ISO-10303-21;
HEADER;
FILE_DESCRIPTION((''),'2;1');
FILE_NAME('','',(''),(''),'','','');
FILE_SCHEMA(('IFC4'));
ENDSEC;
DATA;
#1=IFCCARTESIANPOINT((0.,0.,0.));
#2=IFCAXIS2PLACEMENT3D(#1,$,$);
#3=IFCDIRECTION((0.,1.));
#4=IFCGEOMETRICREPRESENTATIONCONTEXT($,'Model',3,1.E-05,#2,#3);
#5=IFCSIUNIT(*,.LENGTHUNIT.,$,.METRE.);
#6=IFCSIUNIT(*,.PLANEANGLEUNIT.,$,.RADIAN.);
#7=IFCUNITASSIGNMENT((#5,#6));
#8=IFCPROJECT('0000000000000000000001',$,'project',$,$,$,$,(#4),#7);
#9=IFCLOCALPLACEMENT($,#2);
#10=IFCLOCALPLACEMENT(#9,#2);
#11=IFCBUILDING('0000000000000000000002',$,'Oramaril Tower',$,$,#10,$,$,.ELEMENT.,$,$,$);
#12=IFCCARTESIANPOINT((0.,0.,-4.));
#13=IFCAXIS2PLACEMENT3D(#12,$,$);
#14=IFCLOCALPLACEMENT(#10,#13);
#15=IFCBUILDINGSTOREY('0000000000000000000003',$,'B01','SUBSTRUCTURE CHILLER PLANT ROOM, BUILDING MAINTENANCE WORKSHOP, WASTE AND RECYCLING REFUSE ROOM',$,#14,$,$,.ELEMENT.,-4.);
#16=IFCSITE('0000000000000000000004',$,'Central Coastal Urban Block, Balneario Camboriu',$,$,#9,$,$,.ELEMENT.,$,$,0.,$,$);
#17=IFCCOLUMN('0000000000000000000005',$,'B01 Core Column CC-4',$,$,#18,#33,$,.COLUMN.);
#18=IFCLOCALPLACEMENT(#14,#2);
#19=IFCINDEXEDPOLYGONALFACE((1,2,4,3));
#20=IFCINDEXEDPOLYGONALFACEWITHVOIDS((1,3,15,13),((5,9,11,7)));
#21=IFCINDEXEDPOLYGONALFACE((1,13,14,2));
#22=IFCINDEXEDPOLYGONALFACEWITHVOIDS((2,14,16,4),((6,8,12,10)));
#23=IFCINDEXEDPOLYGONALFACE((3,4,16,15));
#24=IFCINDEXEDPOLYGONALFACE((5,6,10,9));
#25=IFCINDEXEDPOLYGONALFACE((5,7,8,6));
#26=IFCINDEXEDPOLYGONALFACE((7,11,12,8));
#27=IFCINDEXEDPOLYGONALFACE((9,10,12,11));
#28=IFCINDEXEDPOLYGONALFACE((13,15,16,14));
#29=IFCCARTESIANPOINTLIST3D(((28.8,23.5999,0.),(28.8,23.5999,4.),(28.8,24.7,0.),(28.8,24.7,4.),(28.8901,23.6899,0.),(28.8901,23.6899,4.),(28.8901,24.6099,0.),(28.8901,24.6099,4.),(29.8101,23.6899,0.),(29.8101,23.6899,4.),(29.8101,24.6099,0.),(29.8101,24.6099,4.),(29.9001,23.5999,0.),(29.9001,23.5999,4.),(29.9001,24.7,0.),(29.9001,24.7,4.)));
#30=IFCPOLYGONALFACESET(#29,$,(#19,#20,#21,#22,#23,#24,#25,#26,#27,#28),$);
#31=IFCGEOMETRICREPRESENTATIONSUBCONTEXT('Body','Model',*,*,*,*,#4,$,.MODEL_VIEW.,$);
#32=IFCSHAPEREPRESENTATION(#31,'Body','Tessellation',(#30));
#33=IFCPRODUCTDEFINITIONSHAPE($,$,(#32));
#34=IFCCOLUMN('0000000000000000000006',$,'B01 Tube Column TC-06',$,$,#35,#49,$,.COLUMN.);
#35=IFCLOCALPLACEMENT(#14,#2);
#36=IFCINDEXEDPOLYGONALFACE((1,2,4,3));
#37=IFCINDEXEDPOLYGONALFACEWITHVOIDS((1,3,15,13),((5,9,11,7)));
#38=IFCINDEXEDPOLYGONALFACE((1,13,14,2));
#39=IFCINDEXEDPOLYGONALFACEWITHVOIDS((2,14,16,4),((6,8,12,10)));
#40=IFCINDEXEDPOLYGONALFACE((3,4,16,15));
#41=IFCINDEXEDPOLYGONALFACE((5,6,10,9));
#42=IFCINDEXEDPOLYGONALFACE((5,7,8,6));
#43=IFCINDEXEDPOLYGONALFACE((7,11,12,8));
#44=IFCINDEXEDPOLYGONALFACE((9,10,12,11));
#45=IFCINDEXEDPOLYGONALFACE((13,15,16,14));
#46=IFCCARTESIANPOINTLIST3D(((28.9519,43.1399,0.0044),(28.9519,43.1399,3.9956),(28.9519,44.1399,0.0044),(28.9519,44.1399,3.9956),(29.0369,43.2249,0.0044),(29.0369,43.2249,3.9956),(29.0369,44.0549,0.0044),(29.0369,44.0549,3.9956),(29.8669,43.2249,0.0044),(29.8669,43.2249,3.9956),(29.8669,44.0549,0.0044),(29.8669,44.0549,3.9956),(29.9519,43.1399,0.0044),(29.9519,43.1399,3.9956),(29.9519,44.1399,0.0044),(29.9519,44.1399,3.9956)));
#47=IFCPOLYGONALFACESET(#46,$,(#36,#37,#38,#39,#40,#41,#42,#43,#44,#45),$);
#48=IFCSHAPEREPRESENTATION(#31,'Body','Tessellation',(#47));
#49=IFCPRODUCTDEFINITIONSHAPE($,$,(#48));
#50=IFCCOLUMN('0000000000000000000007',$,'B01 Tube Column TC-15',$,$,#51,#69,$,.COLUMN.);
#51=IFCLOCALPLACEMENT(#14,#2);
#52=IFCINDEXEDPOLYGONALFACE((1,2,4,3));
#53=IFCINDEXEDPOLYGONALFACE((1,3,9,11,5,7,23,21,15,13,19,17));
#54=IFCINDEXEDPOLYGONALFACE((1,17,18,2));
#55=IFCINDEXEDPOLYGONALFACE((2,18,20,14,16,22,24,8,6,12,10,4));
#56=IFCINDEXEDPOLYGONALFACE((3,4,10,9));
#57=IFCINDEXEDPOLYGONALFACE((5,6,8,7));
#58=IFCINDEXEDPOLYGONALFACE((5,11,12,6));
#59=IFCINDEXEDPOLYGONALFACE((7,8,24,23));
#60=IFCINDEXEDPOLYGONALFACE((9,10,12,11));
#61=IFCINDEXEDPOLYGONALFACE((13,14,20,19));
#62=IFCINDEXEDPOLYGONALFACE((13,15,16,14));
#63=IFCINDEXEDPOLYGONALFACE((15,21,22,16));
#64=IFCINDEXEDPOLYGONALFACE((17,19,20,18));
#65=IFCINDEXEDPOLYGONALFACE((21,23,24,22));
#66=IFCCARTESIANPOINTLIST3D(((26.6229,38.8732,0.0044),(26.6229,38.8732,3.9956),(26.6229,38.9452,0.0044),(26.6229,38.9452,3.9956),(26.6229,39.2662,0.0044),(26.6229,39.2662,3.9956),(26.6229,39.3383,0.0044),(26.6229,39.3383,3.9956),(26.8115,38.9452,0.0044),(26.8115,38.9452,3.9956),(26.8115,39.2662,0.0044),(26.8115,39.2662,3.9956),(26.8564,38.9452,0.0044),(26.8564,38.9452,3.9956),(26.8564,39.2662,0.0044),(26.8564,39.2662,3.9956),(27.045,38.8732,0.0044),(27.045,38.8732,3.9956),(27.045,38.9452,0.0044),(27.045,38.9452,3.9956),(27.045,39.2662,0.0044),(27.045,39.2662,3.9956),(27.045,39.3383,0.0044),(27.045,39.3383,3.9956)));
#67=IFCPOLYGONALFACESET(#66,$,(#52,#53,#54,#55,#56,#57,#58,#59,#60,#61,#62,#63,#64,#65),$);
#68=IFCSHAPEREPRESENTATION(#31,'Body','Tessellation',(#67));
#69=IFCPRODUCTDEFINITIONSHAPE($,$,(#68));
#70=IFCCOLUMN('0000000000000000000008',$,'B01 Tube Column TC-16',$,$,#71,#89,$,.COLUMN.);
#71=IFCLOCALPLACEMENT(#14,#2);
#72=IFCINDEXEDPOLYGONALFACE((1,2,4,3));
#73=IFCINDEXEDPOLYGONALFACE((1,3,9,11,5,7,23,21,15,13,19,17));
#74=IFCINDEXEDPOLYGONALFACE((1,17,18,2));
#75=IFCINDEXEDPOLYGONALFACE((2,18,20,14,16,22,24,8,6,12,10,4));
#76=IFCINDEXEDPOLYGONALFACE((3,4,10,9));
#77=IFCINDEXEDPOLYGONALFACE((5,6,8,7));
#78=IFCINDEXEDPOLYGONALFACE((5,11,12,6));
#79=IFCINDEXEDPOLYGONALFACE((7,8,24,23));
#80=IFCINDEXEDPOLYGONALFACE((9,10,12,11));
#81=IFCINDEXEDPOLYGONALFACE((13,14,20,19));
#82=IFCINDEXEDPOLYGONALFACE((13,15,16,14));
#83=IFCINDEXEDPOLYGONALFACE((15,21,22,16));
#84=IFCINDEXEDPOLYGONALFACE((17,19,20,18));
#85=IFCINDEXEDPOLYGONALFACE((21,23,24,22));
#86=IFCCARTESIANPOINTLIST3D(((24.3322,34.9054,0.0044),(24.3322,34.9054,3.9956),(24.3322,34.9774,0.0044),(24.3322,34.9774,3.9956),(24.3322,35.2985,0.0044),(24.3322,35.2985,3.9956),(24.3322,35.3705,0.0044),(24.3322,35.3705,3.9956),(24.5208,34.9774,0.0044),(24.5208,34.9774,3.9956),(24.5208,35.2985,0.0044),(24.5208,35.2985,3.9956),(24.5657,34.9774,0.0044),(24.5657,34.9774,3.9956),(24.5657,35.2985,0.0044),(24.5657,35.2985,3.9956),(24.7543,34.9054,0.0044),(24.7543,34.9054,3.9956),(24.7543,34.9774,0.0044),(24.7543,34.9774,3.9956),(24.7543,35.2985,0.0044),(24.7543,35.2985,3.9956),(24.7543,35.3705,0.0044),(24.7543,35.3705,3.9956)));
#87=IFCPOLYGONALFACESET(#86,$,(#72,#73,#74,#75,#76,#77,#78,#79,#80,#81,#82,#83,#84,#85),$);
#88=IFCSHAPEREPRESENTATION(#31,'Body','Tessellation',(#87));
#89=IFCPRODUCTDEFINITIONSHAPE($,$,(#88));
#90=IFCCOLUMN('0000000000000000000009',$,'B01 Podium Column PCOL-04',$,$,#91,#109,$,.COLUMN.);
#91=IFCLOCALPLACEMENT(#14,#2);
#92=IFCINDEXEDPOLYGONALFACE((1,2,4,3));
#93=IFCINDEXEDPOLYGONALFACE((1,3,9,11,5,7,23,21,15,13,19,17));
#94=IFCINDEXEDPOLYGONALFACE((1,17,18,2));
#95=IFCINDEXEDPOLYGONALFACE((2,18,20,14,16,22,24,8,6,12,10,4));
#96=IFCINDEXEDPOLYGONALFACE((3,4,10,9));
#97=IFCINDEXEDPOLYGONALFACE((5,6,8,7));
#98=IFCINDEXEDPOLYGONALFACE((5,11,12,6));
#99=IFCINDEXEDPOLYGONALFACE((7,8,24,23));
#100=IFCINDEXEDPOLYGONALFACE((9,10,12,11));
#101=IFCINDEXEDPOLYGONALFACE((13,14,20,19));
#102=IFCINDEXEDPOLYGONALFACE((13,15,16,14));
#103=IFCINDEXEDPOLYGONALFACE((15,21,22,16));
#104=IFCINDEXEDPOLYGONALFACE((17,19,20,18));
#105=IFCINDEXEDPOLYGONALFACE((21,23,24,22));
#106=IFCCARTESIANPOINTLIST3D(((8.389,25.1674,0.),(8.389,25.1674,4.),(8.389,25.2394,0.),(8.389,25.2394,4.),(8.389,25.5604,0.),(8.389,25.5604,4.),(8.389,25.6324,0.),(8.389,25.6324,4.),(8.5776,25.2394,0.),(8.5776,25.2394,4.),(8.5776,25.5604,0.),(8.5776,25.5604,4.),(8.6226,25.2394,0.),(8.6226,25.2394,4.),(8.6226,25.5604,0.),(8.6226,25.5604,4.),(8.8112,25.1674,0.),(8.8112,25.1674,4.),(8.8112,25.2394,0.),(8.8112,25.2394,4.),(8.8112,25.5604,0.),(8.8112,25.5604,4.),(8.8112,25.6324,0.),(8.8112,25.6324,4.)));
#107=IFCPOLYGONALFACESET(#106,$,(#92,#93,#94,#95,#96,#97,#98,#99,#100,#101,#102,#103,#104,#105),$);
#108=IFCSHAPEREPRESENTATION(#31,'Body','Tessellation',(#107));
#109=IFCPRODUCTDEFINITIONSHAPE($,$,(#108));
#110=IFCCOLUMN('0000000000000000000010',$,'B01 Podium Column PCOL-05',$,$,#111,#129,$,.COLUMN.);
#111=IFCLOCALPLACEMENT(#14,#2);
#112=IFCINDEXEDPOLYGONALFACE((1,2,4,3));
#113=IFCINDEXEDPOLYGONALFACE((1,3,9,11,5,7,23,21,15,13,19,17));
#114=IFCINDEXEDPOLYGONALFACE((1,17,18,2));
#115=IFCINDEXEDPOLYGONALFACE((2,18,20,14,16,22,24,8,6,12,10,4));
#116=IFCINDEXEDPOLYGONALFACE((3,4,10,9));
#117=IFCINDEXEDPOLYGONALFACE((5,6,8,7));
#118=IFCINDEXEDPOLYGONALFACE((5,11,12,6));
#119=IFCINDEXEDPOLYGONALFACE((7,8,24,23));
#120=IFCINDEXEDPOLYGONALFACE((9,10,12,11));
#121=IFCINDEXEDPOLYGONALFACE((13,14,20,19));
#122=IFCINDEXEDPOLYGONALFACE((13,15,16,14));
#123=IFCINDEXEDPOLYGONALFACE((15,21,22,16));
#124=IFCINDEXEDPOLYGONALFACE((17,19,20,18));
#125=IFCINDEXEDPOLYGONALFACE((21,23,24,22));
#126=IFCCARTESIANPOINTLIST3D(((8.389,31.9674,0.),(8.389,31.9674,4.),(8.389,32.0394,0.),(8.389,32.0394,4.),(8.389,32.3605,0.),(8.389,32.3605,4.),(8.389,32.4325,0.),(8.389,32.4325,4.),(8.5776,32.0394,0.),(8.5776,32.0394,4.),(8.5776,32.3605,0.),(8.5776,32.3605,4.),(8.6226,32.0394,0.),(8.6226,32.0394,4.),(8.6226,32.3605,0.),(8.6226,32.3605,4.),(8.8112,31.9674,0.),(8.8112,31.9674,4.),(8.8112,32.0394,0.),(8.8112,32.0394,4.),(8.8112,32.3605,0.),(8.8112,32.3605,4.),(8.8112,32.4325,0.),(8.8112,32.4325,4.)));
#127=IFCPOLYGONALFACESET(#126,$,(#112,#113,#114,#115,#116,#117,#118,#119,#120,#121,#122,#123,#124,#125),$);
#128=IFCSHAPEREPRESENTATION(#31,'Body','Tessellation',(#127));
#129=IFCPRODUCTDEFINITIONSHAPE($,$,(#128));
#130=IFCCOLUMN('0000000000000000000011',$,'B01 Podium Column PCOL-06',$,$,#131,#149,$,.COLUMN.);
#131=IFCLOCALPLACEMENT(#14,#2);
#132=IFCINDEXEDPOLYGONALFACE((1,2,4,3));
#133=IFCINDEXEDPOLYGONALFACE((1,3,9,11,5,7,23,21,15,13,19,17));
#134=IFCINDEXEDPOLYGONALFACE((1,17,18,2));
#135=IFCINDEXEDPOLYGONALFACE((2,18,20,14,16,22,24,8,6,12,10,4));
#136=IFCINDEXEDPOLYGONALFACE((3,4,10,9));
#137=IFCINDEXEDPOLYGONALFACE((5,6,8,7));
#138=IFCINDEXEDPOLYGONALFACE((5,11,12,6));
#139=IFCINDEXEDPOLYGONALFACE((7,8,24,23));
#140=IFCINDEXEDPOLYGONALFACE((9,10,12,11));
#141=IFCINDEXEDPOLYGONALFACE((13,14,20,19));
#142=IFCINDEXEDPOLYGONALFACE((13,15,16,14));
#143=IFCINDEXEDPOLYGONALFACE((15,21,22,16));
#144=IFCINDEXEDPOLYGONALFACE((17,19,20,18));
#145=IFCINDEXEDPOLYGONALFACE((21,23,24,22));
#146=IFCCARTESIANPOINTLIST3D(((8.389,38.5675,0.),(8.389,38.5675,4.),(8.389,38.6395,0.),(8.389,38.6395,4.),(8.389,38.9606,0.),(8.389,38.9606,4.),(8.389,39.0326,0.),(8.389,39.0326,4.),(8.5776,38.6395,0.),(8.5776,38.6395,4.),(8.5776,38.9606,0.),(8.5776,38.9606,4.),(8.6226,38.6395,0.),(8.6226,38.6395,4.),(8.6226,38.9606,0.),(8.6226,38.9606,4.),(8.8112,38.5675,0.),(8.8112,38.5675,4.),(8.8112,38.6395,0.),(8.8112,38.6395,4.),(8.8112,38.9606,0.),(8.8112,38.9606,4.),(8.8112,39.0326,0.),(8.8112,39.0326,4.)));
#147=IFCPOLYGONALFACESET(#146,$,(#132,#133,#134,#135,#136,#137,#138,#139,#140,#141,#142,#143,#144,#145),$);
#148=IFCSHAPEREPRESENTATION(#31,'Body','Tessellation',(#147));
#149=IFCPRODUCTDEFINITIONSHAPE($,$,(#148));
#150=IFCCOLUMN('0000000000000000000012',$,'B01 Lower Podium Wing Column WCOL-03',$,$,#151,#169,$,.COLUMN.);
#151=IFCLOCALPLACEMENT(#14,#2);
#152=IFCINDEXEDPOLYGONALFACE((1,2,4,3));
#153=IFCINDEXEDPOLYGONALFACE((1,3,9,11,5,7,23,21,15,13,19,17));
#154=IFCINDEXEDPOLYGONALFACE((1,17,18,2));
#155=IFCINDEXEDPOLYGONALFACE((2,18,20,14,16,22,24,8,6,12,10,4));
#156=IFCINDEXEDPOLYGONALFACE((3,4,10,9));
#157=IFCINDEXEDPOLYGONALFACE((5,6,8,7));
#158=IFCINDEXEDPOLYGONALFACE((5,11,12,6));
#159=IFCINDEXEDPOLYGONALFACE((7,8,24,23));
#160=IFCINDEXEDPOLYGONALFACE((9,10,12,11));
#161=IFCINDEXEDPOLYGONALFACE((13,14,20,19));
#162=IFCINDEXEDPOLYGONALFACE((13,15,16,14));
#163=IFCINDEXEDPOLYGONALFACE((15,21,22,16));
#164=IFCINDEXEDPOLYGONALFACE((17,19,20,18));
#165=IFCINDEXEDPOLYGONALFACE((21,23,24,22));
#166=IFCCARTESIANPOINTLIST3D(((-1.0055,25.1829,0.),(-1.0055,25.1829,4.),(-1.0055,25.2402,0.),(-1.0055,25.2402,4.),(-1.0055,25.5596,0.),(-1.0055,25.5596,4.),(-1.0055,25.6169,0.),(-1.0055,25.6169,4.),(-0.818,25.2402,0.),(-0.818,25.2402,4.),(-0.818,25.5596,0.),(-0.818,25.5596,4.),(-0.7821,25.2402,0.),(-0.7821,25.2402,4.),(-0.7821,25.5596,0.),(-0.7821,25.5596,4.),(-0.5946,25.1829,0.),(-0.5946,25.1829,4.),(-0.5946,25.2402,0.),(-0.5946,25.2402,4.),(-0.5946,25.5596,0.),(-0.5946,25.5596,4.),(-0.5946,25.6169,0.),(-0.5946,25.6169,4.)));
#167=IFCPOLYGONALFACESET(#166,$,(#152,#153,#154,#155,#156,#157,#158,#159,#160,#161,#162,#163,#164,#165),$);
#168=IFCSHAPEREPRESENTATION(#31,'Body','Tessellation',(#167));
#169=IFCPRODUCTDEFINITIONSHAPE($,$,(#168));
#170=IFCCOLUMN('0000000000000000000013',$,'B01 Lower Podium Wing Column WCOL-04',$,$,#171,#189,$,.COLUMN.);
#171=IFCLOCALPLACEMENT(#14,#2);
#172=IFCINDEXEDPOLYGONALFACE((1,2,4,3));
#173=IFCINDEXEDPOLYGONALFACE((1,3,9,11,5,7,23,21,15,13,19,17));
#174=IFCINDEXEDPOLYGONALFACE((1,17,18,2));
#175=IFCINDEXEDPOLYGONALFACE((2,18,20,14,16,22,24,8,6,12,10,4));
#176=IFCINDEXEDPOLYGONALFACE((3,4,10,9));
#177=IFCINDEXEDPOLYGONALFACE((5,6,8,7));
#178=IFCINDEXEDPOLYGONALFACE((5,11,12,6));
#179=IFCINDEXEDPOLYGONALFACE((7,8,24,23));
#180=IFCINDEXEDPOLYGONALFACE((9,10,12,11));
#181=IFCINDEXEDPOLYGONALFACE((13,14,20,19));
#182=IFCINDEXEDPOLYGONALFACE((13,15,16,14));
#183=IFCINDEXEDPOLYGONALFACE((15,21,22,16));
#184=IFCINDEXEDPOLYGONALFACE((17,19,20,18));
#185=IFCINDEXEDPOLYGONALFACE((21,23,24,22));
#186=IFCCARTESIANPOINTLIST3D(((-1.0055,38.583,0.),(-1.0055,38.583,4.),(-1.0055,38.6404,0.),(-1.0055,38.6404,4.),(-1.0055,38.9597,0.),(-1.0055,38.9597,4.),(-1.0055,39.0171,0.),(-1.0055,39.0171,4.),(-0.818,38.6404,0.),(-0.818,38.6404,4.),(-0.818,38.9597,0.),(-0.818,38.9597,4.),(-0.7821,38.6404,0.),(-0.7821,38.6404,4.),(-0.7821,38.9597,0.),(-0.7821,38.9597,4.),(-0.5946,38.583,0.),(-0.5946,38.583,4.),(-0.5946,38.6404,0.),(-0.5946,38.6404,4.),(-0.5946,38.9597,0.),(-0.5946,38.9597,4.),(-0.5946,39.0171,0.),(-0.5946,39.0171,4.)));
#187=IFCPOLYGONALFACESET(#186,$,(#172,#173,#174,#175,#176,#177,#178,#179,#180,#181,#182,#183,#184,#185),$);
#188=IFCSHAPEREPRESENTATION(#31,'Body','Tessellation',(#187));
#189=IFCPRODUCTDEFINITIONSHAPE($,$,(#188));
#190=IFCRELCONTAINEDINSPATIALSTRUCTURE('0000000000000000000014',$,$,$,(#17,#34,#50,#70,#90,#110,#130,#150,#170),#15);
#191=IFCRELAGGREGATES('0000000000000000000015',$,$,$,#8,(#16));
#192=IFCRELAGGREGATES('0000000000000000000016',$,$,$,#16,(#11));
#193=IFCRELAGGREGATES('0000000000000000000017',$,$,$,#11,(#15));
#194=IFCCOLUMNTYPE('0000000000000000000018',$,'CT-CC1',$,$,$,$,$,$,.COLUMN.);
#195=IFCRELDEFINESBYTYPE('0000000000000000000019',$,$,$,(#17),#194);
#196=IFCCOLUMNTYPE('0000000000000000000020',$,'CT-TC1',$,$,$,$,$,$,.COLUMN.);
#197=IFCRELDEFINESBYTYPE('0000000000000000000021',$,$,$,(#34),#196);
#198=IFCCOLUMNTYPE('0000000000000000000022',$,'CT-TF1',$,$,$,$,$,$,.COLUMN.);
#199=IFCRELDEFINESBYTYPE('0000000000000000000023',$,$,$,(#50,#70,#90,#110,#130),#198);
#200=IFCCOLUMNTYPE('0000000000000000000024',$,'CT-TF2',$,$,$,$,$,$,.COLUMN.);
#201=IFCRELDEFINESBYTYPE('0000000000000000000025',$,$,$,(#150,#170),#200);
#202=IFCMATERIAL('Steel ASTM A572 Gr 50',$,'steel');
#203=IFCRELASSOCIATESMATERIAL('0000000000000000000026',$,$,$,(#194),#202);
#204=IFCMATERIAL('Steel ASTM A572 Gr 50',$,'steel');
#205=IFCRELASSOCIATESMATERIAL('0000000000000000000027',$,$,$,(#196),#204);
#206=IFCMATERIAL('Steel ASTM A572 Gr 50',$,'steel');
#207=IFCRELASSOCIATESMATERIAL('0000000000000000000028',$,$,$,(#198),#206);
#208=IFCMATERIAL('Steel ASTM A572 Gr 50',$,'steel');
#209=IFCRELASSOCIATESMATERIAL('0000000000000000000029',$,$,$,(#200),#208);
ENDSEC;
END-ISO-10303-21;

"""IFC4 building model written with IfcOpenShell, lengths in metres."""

from ifc_helpers import new_model, si_unit, direction, frame, origin, origin_2d, place, context, subcontext, project, spatial, hollow_rectangle, i_section, extrude, material, material_profile, profile_set, type_object, element, save


model = new_model("IFC4")

# Units and contexts
model_context = context("Model", 3, precision=1e-05, world=origin(), true_north=direction((0.0, 1.0)))
body_context = subcontext(model_context, "Body", "Model", "MODEL_VIEW")
ifc_project = project(units=[si_unit("LENGTHUNIT", "METRE"), si_unit("PLANEANGLEUNIT", "RADIAN")], contexts=[model_context])

# Site, building, storey
site_placement = place(None, origin())
site = spatial("IfcSite", under=ifc_project, at=site_placement, Name="Central Coastal Urban Block, Balneario Camboriu", CompositionType="ELEMENT", RefElevation=0.0)
building_placement = place(site_placement, origin())
building = spatial("IfcBuilding", under=site, at=building_placement, Name="Oramaril Tower", CompositionType="ELEMENT")
storey_placement = place(building_placement, frame((0.0, 0.0, -4.0)))
storey = spatial("IfcBuildingStorey", under=building, at=storey_placement, Name="B01", Description="SUBSTRUCTURE CHILLER PLANT ROOM, BUILDING MAINTENANCE WORKSHOP, WASTE AND RECYCLING REFUSE ROOM", CompositionType="ELEMENT", Elevation=-4.0)

# Columns
ifc_material_1 = material(Name="Steel ASTM A572 Gr 50", Category="steel")
ifc_material_profile_1 = material_profile(ifc_material_1, hollow_rectangle(XDim=1.1001, YDim=1.1001, WallThickness=0.0901, at=origin_2d()), Name="BOX1100X1100X90")
ifc_profile_set_1 = profile_set([ifc_material_profile_1], Name="Steel ASTM A572 Gr 50")
column_type_1 = type_object("IfcColumnType", Name="CT-CC1", PredefinedType="COLUMN", material=ifc_profile_set_1)
column_1_placement = place(storey_placement, frame((29.3501, 24.1499, 0.0), z_axis=(0.0, 0.0, 1.0), x_axis=(1.0, 0.0, 0.0)))
element("IfcColumn", 1, at=column_1_placement, inside=storey, type_object=column_type_1, Name="B01 Core Column CC-4", PredefinedType="COLUMN", context=body_context, shape_type="SweptSolid", body=[
    extrude(hollow_rectangle(XDim=1.1001, YDim=1.1001, WallThickness=0.0901, at=origin_2d()), origin(), (0.0, 0.0, 1.0), 4.0),
])
ifc_material_2 = material(Name="Steel ASTM A572 Gr 50", Category="steel")
ifc_material_profile_2 = material_profile(ifc_material_2, hollow_rectangle(XDim=1.0, YDim=1.0, WallThickness=0.085, at=origin_2d()), Name="BOX1000X1000X85")
ifc_profile_set_2 = profile_set([ifc_material_profile_2], Name="Steel ASTM A572 Gr 50")
column_type_2 = type_object("IfcColumnType", Name="CT-TC1", PredefinedType="COLUMN", material=ifc_profile_set_2)
column_2_placement = place(storey_placement, frame((29.4519, 43.6399, 0.0044), z_axis=(0.0, 0.0, 1.0), x_axis=(1.0, 0.0, 0.0)))
element("IfcColumn", 2, at=column_2_placement, inside=storey, type_object=column_type_2, Name="B01 Tube Column TC-06", PredefinedType="COLUMN", context=body_context, shape_type="SweptSolid", body=[
    extrude(hollow_rectangle(XDim=1.0, YDim=1.0, WallThickness=0.085, at=origin_2d()), origin(), (0.0, 0.0, 1.0), 3.9912),
])
ifc_material_3 = material(Name="Steel ASTM A572 Gr 50", Category="steel")
ifc_material_profile_3 = material_profile(ifc_material_3, i_section(OverallWidth=0.4221, OverallDepth=0.4651, WebThickness=0.0449, FlangeThickness=0.072, at=origin_2d()), Name="W14X398")
ifc_profile_set_3 = profile_set([ifc_material_profile_3], Name="Steel ASTM A572 Gr 50")
column_type_3 = type_object("IfcColumnType", Name="CT-TF1", PredefinedType="COLUMN", material=ifc_profile_set_3)
for number, where, z_axis, x_axis, name in (
    (3, (26.834, 39.1057, 0.0044), (0.0, 0.0, 1.0), (1.0, 0.0, 0.0), "B01 Tube Column TC-15"),
    (4, (24.5432, 35.1379, 0.0044), (0.0, 0.0, 1.0), (1.0, 0.0, 0.0), "B01 Tube Column TC-16"),
):
    element("IfcColumn", number, at=place(storey_placement, frame(where, z_axis=z_axis, x_axis=x_axis)), inside=storey, type_object=column_type_3, Name=name, PredefinedType="COLUMN", context=body_context, shape_type="SweptSolid", body=[
        extrude(i_section(OverallWidth=0.4221, OverallDepth=0.4651, WebThickness=0.0449, FlangeThickness=0.072, at=origin_2d()), origin(), (0.0, 0.0, 1.0), 3.9912),
    ])
for number, where, z_axis, x_axis, name in (
    (5, (8.6001, 25.3999, 0.0), (0.0, 0.0, 1.0), (1.0, 0.0, 0.0), "B01 Podium Column PCOL-04"),
    (6, (8.6001, 32.2, 0.0), (0.0, 0.0, 1.0), (1.0, 0.0, 0.0), "B01 Podium Column PCOL-05"),
    (7, (8.6001, 38.8, 0.0), (0.0, 0.0, 1.0), (1.0, 0.0, 0.0), "B01 Podium Column PCOL-06"),
):
    element("IfcColumn", number, at=place(storey_placement, frame(where, z_axis=z_axis, x_axis=x_axis)), inside=storey, type_object=column_type_3, Name=name, PredefinedType="COLUMN", context=body_context, shape_type="SweptSolid", body=[
        extrude(i_section(OverallWidth=0.4221, OverallDepth=0.4651, WebThickness=0.0449, FlangeThickness=0.072, at=origin_2d()), origin(), (0.0, 0.0, 1.0), 4.0),
    ])
ifc_material_4 = material(Name="Steel ASTM A572 Gr 50", Category="steel")
ifc_material_profile_4 = material_profile(ifc_material_4, i_section(OverallWidth=0.4109, OverallDepth=0.4341, WebThickness=0.0359, FlangeThickness=0.0574, at=origin_2d()), Name="W14X311")
ifc_profile_set_4 = profile_set([ifc_material_profile_4], Name="Steel ASTM A572 Gr 50")
column_type_4 = type_object("IfcColumnType", Name="CT-TF2", PredefinedType="COLUMN", material=ifc_profile_set_4)
for number, where, z_axis, x_axis, name in (
    (8, (-0.8, 25.3999, 0.0), (0.0, 0.0, 1.0), (1.0, 0.0, 0.0), "B01 Lower Podium Wing Column WCOL-03"),
    (9, (-0.8, 38.8, 0.0), (0.0, 0.0, 1.0), (1.0, 0.0, 0.0), "B01 Lower Podium Wing Column WCOL-04"),
):
    element("IfcColumn", number, at=place(storey_placement, frame(where, z_axis=z_axis, x_axis=x_axis)), inside=storey, type_object=column_type_4, Name=name, PredefinedType="COLUMN", context=body_context, shape_type="SweptSolid", body=[
        extrude(i_section(OverallWidth=0.4109, OverallDepth=0.4341, WebThickness=0.0359, FlangeThickness=0.0574, at=origin_2d()), origin(), (0.0, 0.0, 1.0), 4.0),
    ])

save(model, "model.ifc")
